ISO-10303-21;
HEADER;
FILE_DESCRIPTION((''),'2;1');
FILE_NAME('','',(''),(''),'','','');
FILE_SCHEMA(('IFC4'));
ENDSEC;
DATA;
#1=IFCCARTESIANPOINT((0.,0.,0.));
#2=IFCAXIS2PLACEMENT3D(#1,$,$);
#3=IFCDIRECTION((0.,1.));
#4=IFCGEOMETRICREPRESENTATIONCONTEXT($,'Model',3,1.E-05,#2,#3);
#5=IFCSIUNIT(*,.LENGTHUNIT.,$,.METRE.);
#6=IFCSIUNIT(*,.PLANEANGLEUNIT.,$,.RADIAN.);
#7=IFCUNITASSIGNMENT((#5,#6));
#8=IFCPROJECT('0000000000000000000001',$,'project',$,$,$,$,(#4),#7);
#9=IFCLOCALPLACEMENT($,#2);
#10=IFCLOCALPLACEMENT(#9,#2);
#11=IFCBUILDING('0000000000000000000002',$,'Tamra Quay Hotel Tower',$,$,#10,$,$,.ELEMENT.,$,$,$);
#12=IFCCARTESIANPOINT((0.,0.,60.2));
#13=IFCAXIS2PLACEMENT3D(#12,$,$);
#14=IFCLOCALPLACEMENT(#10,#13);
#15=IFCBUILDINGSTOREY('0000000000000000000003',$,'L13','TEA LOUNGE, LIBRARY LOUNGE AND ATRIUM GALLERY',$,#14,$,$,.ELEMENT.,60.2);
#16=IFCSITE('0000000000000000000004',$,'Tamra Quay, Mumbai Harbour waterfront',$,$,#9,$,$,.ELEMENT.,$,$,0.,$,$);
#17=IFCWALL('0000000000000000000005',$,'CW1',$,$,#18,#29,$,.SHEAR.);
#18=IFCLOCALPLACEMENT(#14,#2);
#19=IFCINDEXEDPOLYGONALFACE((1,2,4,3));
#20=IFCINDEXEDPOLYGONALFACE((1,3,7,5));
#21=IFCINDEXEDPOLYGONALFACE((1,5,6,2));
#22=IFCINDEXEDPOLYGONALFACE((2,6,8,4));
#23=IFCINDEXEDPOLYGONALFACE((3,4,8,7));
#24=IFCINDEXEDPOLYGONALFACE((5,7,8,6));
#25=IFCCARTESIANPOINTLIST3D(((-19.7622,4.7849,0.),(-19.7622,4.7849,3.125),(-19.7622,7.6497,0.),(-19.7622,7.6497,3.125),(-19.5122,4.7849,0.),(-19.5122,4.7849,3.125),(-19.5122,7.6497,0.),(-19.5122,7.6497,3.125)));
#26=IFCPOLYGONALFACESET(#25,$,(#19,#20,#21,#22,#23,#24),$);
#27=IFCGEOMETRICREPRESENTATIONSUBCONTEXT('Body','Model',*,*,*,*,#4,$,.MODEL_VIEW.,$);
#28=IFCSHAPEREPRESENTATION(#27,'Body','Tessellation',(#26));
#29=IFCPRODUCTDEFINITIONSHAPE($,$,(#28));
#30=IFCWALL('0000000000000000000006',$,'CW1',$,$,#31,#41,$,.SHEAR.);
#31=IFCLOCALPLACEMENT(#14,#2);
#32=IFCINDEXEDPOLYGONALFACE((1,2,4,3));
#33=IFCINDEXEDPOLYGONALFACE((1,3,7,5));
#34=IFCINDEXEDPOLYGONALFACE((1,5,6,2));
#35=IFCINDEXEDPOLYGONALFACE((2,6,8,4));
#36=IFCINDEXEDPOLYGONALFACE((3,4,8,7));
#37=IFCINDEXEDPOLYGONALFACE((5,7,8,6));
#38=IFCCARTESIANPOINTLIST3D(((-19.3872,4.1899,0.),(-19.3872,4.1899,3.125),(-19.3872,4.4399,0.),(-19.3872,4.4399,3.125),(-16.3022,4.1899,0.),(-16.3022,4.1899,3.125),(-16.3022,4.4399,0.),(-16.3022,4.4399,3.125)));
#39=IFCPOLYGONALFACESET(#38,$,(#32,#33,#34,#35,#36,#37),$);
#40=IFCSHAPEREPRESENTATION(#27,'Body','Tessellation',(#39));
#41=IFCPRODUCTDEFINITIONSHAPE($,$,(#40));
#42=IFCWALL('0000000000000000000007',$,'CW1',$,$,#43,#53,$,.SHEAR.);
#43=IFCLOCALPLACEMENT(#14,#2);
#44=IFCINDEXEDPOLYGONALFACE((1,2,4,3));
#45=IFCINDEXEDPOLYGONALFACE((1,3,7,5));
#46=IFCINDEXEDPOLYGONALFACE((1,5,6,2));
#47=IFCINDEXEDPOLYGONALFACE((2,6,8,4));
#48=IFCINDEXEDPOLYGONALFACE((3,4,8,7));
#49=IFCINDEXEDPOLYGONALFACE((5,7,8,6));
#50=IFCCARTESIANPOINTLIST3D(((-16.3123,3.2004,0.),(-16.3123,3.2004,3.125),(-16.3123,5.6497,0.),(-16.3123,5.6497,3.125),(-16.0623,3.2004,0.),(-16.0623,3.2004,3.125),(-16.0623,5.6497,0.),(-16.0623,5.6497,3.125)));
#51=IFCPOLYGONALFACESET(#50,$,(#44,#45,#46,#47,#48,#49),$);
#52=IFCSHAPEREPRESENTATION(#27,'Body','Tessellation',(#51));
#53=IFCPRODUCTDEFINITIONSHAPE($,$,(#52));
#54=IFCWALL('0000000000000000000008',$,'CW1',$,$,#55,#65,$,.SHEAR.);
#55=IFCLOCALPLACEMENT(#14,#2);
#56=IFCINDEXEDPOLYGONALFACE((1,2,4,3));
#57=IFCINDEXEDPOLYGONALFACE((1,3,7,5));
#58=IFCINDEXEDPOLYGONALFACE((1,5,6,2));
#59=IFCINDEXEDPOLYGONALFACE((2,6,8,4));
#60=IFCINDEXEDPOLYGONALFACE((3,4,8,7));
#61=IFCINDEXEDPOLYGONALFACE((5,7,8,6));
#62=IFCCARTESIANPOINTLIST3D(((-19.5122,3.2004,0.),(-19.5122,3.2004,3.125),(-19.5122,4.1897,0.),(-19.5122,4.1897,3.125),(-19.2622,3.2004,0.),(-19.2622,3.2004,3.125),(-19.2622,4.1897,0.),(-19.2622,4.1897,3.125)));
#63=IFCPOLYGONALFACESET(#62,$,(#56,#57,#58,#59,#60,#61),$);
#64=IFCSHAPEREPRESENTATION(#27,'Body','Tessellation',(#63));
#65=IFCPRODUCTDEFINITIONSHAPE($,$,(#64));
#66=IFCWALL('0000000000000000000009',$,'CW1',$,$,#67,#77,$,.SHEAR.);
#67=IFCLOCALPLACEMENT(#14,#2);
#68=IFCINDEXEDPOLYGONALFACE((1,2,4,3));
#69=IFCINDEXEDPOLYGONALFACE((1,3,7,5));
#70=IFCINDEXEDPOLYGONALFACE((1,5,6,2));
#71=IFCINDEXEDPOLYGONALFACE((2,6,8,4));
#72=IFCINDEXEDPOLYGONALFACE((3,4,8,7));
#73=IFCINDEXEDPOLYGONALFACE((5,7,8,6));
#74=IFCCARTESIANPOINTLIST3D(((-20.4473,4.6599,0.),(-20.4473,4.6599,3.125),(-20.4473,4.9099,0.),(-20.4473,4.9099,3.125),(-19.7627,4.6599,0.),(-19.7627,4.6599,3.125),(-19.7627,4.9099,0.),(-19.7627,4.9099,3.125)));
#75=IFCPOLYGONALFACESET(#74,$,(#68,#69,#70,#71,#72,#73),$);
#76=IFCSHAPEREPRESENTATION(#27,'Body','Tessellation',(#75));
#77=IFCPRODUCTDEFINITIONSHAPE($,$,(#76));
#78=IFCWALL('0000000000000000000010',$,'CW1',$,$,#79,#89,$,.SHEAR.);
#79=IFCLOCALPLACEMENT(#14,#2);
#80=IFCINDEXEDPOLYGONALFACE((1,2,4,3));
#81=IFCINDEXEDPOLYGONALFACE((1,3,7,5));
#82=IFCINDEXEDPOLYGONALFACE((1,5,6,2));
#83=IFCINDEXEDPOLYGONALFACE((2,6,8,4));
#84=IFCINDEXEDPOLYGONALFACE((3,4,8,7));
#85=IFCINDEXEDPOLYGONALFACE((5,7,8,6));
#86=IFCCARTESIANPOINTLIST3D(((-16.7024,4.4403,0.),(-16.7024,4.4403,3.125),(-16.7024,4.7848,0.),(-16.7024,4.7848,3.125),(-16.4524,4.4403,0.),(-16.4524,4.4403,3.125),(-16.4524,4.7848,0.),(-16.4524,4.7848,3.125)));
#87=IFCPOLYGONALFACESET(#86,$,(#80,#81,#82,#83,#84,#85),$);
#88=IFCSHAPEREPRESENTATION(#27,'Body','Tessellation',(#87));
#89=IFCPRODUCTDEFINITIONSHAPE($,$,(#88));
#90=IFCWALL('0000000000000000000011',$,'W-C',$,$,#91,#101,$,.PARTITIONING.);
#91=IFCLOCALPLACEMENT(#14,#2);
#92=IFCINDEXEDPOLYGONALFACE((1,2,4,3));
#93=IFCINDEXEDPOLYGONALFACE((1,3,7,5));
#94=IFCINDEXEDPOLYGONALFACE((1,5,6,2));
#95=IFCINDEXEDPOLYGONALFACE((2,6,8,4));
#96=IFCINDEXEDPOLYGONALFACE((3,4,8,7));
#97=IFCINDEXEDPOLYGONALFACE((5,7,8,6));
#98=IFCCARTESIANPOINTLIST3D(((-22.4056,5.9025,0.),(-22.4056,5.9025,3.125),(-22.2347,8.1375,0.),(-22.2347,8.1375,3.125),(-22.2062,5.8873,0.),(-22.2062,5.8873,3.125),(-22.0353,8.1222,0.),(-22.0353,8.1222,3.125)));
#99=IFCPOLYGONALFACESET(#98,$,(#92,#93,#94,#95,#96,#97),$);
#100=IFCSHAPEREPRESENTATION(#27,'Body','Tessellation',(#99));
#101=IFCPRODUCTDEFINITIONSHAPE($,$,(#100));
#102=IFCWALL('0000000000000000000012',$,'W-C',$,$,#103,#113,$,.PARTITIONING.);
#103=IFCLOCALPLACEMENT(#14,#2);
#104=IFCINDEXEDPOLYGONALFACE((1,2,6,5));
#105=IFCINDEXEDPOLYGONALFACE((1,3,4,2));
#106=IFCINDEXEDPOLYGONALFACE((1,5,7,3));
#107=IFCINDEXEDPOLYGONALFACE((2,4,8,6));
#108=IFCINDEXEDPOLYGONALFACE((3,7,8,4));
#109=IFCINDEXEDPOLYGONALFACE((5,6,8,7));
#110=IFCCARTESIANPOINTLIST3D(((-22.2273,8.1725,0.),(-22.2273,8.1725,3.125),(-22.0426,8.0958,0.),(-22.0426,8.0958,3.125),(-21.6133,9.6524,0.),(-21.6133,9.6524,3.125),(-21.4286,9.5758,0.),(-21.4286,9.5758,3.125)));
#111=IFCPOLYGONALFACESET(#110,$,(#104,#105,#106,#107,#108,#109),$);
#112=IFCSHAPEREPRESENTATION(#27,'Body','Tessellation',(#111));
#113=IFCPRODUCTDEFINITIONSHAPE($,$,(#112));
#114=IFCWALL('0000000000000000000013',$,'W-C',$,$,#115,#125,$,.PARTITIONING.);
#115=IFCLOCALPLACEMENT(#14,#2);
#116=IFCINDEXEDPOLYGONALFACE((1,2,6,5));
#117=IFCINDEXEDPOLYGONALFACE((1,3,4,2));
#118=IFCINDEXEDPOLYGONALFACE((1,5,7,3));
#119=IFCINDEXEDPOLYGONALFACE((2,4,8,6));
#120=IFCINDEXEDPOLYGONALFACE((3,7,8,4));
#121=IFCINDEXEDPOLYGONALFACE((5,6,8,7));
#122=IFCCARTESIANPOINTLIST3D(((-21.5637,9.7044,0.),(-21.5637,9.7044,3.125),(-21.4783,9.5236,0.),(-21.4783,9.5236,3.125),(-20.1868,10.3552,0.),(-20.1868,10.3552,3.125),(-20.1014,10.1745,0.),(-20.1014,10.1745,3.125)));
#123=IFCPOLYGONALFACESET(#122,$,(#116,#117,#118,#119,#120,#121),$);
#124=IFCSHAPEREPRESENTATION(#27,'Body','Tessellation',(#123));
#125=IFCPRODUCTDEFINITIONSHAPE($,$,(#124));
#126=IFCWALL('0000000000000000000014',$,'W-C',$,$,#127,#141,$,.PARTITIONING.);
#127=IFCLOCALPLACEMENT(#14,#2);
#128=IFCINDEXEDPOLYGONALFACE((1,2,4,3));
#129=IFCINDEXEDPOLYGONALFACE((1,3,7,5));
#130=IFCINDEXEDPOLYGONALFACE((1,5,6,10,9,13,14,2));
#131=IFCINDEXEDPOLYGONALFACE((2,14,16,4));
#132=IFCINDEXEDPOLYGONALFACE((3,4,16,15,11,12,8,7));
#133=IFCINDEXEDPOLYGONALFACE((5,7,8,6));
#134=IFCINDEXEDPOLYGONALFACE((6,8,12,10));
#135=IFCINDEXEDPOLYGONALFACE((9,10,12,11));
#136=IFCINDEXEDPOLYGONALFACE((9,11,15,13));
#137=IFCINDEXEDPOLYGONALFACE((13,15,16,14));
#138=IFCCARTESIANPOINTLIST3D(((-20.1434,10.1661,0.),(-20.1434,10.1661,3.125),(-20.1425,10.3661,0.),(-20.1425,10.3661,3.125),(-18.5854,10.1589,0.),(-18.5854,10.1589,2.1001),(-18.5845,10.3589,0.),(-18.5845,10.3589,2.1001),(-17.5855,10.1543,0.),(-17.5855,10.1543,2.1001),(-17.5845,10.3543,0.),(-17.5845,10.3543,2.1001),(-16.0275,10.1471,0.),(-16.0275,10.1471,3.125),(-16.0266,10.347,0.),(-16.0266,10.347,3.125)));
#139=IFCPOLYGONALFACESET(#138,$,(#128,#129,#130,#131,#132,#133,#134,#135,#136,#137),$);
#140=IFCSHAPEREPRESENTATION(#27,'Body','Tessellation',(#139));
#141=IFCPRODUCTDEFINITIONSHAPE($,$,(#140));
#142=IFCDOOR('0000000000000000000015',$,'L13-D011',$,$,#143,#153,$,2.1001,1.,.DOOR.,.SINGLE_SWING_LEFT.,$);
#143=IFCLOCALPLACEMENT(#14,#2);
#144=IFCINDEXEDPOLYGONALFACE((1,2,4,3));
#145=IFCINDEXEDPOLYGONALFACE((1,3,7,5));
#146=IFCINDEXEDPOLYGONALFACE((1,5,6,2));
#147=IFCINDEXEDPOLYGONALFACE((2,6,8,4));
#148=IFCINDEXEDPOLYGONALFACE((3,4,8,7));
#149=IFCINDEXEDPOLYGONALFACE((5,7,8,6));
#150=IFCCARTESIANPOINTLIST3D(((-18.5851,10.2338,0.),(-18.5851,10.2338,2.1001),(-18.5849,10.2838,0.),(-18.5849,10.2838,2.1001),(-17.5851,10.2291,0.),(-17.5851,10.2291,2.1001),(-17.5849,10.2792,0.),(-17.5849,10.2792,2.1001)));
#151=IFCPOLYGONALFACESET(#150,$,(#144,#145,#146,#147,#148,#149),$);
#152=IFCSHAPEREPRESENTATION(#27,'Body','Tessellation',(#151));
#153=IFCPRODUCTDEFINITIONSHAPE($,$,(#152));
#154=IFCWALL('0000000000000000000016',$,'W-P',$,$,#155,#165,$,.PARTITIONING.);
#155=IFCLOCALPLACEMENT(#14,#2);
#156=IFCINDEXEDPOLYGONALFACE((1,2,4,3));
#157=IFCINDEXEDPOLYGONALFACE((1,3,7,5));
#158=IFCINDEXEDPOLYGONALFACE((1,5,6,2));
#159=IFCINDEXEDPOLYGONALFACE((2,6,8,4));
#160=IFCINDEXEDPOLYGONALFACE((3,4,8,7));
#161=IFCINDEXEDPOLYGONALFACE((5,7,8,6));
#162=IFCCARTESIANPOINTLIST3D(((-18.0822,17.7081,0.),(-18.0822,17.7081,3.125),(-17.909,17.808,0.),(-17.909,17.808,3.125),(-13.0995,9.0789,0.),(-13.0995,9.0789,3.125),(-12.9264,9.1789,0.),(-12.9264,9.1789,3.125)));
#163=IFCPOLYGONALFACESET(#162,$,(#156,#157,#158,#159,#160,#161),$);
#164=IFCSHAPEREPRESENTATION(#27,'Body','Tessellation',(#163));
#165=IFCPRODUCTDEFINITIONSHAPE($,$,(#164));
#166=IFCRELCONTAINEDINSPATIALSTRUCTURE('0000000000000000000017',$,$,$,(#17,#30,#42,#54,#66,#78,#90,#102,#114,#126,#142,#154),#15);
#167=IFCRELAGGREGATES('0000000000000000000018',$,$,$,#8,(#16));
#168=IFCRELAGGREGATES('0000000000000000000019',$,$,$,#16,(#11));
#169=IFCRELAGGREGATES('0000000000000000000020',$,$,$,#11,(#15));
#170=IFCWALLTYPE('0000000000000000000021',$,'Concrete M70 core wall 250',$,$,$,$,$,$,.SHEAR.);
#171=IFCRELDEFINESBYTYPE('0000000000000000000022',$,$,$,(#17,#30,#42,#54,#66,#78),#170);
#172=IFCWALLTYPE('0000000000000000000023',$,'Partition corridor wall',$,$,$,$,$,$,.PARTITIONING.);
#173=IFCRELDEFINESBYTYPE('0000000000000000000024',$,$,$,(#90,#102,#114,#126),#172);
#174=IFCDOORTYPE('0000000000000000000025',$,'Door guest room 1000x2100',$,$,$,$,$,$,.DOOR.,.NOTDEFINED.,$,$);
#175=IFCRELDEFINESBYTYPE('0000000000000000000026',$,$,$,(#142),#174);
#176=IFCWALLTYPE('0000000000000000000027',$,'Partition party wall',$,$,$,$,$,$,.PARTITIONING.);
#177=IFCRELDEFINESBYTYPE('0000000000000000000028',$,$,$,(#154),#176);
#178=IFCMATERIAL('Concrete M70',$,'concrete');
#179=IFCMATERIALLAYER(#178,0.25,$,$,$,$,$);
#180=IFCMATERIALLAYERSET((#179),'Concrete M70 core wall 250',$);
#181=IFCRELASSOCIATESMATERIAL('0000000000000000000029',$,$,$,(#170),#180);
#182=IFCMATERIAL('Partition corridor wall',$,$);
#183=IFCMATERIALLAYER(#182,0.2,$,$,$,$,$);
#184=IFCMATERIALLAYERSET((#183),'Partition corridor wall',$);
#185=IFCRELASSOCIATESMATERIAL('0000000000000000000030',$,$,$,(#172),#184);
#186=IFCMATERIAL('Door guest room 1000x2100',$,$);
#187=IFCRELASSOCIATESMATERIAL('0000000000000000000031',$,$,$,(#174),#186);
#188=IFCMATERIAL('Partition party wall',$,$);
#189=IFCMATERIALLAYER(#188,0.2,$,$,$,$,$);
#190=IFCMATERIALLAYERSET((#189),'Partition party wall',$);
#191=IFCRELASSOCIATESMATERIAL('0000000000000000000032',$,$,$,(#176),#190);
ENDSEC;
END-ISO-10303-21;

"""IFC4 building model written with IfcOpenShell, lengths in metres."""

from ifc_helpers import new_model, si_unit, direction, frame, frame_2d, origin, place, context, subcontext, project, spatial, rectangle, extrude, material, layer, layer_set, type_object, element, fill, save


model = new_model("IFC4")

# Units and contexts
model_context = context("Model", 3, precision=1e-05, world=origin(), true_north=direction((0.0, 1.0)))
body_context = subcontext(model_context, "Body", "Model", "MODEL_VIEW")
ifc_project = project(units=[si_unit("LENGTHUNIT", "METRE"), si_unit("PLANEANGLEUNIT", "RADIAN")], contexts=[model_context])

# Site, building, storey
site_placement = place(None, origin())
site = spatial("IfcSite", under=ifc_project, at=site_placement, Name="Tamra Quay, Mumbai Harbour waterfront", CompositionType="ELEMENT", RefElevation=0.0)
building_placement = place(site_placement, origin())
building = spatial("IfcBuilding", under=site, at=building_placement, Name="Tamra Quay Hotel Tower", CompositionType="ELEMENT")
storey_placement = place(building_placement, frame((0.0, 0.0, 60.2)))
storey = spatial("IfcBuildingStorey", under=building, at=storey_placement, Name="L13", Description="TEA LOUNGE, LIBRARY LOUNGE AND ATRIUM GALLERY", CompositionType="ELEMENT", Elevation=60.2)

# Shared definitions
ifc_material_1 = material(Name="Concrete M70", Category="concrete")

# Walls
ifc_layer_1 = layer(ifc_material_1, 0.25)
ifc_layer_set_1 = layer_set([ifc_layer_1], Name="Concrete M70 core wall 250")
wall_type_1 = type_object("IfcWallType", Name="Concrete M70 core wall 250", PredefinedType="SHEAR", material=ifc_layer_set_1)
for number, where, z_axis, x_axis, name in (
    (1, (-19.6372, 4.7849, 0.0), (0.0, 0.0, 1.0), (0.0, 1.0, 0.0), "CW1"),
):
    element("IfcWall", number, at=place(storey_placement, frame(where, z_axis=z_axis, x_axis=x_axis)), inside=storey, type_object=wall_type_1, Name=name, PredefinedType="SHEAR", context=body_context, shape_type="SweptSolid", body=[
        extrude(rectangle(XDim=2.8647, YDim=0.25, at=frame_2d((1.4324, 0.0))), origin(), (0.0, 0.0, 1.0), 3.125),
    ])
wall_1_placement = place(storey_placement, frame((-16.3022, 4.3149, 0.0), z_axis=(0.0, 0.0, 1.0), x_axis=(-1.0, 0.0, 0.0)))
element("IfcWall", 2, at=wall_1_placement, inside=storey, type_object=wall_type_1, Name="CW1", PredefinedType="SHEAR", context=body_context, shape_type="SweptSolid", body=[
    extrude(rectangle(XDim=3.085, YDim=0.25, at=frame_2d((1.5425, 0.0))), origin(), (0.0, 0.0, 1.0), 3.125),
])
wall_2_placement = place(storey_placement, frame((-16.1873, 3.2004, 0.0), z_axis=(0.0, 0.0, 1.0), x_axis=(0.0, 1.0, 0.0)))
element("IfcWall", 3, at=wall_2_placement, inside=storey, type_object=wall_type_1, Name="CW1", PredefinedType="SHEAR", context=body_context, shape_type="SweptSolid", body=[
    extrude(rectangle(XDim=2.4492, YDim=0.25, at=frame_2d((1.2246, 0.0))), origin(), (0.0, 0.0, 1.0), 3.125),
])
wall_3_placement = place(storey_placement, frame((-19.3872, 4.1897, 0.0), z_axis=(0.0, 0.0, 1.0), x_axis=(0.0, -1.0, 0.0)))
element("IfcWall", 4, at=wall_3_placement, inside=storey, type_object=wall_type_1, Name="CW1", PredefinedType="SHEAR", context=body_context, shape_type="SweptSolid", body=[
    extrude(rectangle(XDim=0.9893, YDim=0.25, at=frame_2d((0.4946, 0.0))), origin(), (0.0, 0.0, 1.0), 3.125),
])
wall_4_placement = place(storey_placement, frame((-20.4473, 4.7849, 0.0), z_axis=(0.0, 0.0, 1.0), x_axis=(1.0, 0.0, 0.0)))
element("IfcWall", 5, at=wall_4_placement, inside=storey, type_object=wall_type_1, Name="CW1", PredefinedType="SHEAR", context=body_context, shape_type="SweptSolid", body=[
    extrude(rectangle(XDim=0.6846, YDim=0.25, at=frame_2d((0.3423, 0.0))), origin(), (0.0, 0.0, 1.0), 3.125),
])
wall_5_placement = place(storey_placement, frame((-16.5774, 4.7849, 0.0), z_axis=(0.0, 0.0, 1.0), x_axis=(0.0, -1.0, 0.0)))
element("IfcWall", 6, at=wall_5_placement, inside=storey, type_object=wall_type_1, Name="CW1", PredefinedType="SHEAR", context=body_context, shape_type="SweptSolid", body=[
    extrude(rectangle(XDim=0.3445, YDim=0.25, at=frame_2d((0.1724, 0.0))), origin(), (0.0, 0.0, 1.0), 3.125),
])
ifc_material_2 = material(Name="Partition corridor wall")
ifc_layer_2 = layer(ifc_material_2, 0.2)
ifc_layer_set_2 = layer_set([ifc_layer_2], Name="Partition corridor wall")
wall_type_2 = type_object("IfcWallType", Name="Partition corridor wall", PredefinedType="PARTITIONING", material=ifc_layer_set_2)
wall_6_placement = place(storey_placement, frame((-22.3059, 5.895, 0.0), z_axis=(0.0, 0.0, 1.0), x_axis=(0.076247, 0.997089, 0.0)))
element("IfcWall", 7, at=wall_6_placement, inside=storey, type_object=wall_type_2, Name="W-C", PredefinedType="PARTITIONING", context=body_context, shape_type="SweptSolid", body=[
    extrude(rectangle(XDim=2.2415, YDim=0.2, at=frame_2d((1.1206, 0.0))), origin(), (0.0, 0.0, 1.0), 3.125),
])
wall_7_placement = place(storey_placement, frame((-22.135, 8.134, 0.0), z_axis=(0.0, 0.0, 1.0), x_axis=(0.383208, 0.923662, 0.0)))
element("IfcWall", 8, at=wall_7_placement, inside=storey, type_object=wall_type_2, Name="W-C", PredefinedType="PARTITIONING", context=body_context, shape_type="SweptSolid", body=[
    extrude(rectangle(XDim=1.6023, YDim=0.2, at=frame_2d((0.8013, 0.0))), origin(), (0.0, 0.0, 1.0), 3.125),
])
wall_8_placement = place(storey_placement, frame((-21.521, 9.614, 0.0), z_axis=(0.0, 0.0, 1.0), x_axis=(0.904084, 0.427356, 0.0)))
element("IfcWall", 9, at=wall_8_placement, inside=storey, type_object=wall_type_2, Name="W-C", PredefinedType="PARTITIONING", context=body_context, shape_type="SweptSolid", body=[
    extrude(rectangle(XDim=1.5229, YDim=0.2, at=frame_2d((0.7615, 0.0))), origin(), (0.0, 0.0, 1.0), 3.125),
])

# Wall, opening, door
wall_9_placement = place(storey_placement, frame((-20.1431, 10.2661, 0.0), z_axis=(0.0, 0.0, 1.0), x_axis=(0.999989, -0.004627, 0.0)))
wall_9 = element("IfcWall", 10, at=wall_9_placement, inside=storey, type_object=wall_type_2, Name="W-C", PredefinedType="PARTITIONING", context=body_context, shape_type="SweptSolid", body=[
    extrude(rectangle(XDim=4.116, YDim=0.2, at=frame_2d((2.0581, 0.0))), origin(), (0.0, 0.0, 1.0), 3.125),
])
opening_1_placement = place(wall_9_placement, frame((1.5581, 0.0, 0.0)))
opening_1 = element("IfcOpeningElement", 11, at=opening_1_placement, cuts=wall_9, PredefinedType="OPENING", context=body_context, shape_type="SweptSolid", body=[
    extrude(rectangle(XDim=1.0, YDim=2.1001, at=frame_2d((0.5, 1.05))), frame((0.0, 0.1099, 0.0), z_axis=(0.0, -1.0, 0.0), x_axis=(1.0, 0.0, 0.0)), (0.0, 0.0, 1.0), 0.22),
])
ifc_material_3 = material(Name="Door guest room 1000x2100")
door_type_1 = type_object("IfcDoorType", Name="Door guest room 1000x2100", OperationType="NOTDEFINED", PredefinedType="DOOR", material=ifc_material_3)
door_1_placement = place(opening_1_placement, origin())
door_1 = element("IfcDoor", 12, at=door_1_placement, inside=storey, type_object=door_type_1, Name="L13-D011", OperationType="SINGLE_SWING_LEFT", OverallHeight=2.1001, OverallWidth=1.0, PredefinedType="DOOR", context=body_context, shape_type="SweptSolid", body=[
    extrude(rectangle(XDim=1.0, YDim=2.1001, at=frame_2d((0.5, 1.05))), frame((0.0, 0.0249, 0.0), z_axis=(0.0, -1.0, 0.0), x_axis=(1.0, 0.0, 0.0)), (0.0, 0.0, 1.0), 0.05),
])
fill(opening_1, door_1)

# Wall
ifc_material_4 = material(Name="Partition party wall")
ifc_layer_3 = layer(ifc_material_4, 0.2)
ifc_layer_set_3 = layer_set([ifc_layer_3], Name="Partition party wall")
wall_type_3 = type_object("IfcWallType", Name="Partition party wall", PredefinedType="PARTITIONING", material=ifc_layer_set_3)
wall_10_placement = place(storey_placement, frame((-17.9956, 17.7581, 0.0), z_axis=(0.0, 0.0, 1.0), x_axis=(0.500047, -0.865998, 0.0)))
element("IfcWall", 13, at=wall_10_placement, inside=storey, type_object=wall_type_3, Name="W-P", PredefinedType="PARTITIONING", context=body_context, shape_type="SweptSolid", body=[
    extrude(rectangle(XDim=9.9644, YDim=0.2, at=frame_2d((4.9822, 0.0))), origin(), (0.0, 0.0, 1.0), 3.125),
])

save(model, "model.ifc")
